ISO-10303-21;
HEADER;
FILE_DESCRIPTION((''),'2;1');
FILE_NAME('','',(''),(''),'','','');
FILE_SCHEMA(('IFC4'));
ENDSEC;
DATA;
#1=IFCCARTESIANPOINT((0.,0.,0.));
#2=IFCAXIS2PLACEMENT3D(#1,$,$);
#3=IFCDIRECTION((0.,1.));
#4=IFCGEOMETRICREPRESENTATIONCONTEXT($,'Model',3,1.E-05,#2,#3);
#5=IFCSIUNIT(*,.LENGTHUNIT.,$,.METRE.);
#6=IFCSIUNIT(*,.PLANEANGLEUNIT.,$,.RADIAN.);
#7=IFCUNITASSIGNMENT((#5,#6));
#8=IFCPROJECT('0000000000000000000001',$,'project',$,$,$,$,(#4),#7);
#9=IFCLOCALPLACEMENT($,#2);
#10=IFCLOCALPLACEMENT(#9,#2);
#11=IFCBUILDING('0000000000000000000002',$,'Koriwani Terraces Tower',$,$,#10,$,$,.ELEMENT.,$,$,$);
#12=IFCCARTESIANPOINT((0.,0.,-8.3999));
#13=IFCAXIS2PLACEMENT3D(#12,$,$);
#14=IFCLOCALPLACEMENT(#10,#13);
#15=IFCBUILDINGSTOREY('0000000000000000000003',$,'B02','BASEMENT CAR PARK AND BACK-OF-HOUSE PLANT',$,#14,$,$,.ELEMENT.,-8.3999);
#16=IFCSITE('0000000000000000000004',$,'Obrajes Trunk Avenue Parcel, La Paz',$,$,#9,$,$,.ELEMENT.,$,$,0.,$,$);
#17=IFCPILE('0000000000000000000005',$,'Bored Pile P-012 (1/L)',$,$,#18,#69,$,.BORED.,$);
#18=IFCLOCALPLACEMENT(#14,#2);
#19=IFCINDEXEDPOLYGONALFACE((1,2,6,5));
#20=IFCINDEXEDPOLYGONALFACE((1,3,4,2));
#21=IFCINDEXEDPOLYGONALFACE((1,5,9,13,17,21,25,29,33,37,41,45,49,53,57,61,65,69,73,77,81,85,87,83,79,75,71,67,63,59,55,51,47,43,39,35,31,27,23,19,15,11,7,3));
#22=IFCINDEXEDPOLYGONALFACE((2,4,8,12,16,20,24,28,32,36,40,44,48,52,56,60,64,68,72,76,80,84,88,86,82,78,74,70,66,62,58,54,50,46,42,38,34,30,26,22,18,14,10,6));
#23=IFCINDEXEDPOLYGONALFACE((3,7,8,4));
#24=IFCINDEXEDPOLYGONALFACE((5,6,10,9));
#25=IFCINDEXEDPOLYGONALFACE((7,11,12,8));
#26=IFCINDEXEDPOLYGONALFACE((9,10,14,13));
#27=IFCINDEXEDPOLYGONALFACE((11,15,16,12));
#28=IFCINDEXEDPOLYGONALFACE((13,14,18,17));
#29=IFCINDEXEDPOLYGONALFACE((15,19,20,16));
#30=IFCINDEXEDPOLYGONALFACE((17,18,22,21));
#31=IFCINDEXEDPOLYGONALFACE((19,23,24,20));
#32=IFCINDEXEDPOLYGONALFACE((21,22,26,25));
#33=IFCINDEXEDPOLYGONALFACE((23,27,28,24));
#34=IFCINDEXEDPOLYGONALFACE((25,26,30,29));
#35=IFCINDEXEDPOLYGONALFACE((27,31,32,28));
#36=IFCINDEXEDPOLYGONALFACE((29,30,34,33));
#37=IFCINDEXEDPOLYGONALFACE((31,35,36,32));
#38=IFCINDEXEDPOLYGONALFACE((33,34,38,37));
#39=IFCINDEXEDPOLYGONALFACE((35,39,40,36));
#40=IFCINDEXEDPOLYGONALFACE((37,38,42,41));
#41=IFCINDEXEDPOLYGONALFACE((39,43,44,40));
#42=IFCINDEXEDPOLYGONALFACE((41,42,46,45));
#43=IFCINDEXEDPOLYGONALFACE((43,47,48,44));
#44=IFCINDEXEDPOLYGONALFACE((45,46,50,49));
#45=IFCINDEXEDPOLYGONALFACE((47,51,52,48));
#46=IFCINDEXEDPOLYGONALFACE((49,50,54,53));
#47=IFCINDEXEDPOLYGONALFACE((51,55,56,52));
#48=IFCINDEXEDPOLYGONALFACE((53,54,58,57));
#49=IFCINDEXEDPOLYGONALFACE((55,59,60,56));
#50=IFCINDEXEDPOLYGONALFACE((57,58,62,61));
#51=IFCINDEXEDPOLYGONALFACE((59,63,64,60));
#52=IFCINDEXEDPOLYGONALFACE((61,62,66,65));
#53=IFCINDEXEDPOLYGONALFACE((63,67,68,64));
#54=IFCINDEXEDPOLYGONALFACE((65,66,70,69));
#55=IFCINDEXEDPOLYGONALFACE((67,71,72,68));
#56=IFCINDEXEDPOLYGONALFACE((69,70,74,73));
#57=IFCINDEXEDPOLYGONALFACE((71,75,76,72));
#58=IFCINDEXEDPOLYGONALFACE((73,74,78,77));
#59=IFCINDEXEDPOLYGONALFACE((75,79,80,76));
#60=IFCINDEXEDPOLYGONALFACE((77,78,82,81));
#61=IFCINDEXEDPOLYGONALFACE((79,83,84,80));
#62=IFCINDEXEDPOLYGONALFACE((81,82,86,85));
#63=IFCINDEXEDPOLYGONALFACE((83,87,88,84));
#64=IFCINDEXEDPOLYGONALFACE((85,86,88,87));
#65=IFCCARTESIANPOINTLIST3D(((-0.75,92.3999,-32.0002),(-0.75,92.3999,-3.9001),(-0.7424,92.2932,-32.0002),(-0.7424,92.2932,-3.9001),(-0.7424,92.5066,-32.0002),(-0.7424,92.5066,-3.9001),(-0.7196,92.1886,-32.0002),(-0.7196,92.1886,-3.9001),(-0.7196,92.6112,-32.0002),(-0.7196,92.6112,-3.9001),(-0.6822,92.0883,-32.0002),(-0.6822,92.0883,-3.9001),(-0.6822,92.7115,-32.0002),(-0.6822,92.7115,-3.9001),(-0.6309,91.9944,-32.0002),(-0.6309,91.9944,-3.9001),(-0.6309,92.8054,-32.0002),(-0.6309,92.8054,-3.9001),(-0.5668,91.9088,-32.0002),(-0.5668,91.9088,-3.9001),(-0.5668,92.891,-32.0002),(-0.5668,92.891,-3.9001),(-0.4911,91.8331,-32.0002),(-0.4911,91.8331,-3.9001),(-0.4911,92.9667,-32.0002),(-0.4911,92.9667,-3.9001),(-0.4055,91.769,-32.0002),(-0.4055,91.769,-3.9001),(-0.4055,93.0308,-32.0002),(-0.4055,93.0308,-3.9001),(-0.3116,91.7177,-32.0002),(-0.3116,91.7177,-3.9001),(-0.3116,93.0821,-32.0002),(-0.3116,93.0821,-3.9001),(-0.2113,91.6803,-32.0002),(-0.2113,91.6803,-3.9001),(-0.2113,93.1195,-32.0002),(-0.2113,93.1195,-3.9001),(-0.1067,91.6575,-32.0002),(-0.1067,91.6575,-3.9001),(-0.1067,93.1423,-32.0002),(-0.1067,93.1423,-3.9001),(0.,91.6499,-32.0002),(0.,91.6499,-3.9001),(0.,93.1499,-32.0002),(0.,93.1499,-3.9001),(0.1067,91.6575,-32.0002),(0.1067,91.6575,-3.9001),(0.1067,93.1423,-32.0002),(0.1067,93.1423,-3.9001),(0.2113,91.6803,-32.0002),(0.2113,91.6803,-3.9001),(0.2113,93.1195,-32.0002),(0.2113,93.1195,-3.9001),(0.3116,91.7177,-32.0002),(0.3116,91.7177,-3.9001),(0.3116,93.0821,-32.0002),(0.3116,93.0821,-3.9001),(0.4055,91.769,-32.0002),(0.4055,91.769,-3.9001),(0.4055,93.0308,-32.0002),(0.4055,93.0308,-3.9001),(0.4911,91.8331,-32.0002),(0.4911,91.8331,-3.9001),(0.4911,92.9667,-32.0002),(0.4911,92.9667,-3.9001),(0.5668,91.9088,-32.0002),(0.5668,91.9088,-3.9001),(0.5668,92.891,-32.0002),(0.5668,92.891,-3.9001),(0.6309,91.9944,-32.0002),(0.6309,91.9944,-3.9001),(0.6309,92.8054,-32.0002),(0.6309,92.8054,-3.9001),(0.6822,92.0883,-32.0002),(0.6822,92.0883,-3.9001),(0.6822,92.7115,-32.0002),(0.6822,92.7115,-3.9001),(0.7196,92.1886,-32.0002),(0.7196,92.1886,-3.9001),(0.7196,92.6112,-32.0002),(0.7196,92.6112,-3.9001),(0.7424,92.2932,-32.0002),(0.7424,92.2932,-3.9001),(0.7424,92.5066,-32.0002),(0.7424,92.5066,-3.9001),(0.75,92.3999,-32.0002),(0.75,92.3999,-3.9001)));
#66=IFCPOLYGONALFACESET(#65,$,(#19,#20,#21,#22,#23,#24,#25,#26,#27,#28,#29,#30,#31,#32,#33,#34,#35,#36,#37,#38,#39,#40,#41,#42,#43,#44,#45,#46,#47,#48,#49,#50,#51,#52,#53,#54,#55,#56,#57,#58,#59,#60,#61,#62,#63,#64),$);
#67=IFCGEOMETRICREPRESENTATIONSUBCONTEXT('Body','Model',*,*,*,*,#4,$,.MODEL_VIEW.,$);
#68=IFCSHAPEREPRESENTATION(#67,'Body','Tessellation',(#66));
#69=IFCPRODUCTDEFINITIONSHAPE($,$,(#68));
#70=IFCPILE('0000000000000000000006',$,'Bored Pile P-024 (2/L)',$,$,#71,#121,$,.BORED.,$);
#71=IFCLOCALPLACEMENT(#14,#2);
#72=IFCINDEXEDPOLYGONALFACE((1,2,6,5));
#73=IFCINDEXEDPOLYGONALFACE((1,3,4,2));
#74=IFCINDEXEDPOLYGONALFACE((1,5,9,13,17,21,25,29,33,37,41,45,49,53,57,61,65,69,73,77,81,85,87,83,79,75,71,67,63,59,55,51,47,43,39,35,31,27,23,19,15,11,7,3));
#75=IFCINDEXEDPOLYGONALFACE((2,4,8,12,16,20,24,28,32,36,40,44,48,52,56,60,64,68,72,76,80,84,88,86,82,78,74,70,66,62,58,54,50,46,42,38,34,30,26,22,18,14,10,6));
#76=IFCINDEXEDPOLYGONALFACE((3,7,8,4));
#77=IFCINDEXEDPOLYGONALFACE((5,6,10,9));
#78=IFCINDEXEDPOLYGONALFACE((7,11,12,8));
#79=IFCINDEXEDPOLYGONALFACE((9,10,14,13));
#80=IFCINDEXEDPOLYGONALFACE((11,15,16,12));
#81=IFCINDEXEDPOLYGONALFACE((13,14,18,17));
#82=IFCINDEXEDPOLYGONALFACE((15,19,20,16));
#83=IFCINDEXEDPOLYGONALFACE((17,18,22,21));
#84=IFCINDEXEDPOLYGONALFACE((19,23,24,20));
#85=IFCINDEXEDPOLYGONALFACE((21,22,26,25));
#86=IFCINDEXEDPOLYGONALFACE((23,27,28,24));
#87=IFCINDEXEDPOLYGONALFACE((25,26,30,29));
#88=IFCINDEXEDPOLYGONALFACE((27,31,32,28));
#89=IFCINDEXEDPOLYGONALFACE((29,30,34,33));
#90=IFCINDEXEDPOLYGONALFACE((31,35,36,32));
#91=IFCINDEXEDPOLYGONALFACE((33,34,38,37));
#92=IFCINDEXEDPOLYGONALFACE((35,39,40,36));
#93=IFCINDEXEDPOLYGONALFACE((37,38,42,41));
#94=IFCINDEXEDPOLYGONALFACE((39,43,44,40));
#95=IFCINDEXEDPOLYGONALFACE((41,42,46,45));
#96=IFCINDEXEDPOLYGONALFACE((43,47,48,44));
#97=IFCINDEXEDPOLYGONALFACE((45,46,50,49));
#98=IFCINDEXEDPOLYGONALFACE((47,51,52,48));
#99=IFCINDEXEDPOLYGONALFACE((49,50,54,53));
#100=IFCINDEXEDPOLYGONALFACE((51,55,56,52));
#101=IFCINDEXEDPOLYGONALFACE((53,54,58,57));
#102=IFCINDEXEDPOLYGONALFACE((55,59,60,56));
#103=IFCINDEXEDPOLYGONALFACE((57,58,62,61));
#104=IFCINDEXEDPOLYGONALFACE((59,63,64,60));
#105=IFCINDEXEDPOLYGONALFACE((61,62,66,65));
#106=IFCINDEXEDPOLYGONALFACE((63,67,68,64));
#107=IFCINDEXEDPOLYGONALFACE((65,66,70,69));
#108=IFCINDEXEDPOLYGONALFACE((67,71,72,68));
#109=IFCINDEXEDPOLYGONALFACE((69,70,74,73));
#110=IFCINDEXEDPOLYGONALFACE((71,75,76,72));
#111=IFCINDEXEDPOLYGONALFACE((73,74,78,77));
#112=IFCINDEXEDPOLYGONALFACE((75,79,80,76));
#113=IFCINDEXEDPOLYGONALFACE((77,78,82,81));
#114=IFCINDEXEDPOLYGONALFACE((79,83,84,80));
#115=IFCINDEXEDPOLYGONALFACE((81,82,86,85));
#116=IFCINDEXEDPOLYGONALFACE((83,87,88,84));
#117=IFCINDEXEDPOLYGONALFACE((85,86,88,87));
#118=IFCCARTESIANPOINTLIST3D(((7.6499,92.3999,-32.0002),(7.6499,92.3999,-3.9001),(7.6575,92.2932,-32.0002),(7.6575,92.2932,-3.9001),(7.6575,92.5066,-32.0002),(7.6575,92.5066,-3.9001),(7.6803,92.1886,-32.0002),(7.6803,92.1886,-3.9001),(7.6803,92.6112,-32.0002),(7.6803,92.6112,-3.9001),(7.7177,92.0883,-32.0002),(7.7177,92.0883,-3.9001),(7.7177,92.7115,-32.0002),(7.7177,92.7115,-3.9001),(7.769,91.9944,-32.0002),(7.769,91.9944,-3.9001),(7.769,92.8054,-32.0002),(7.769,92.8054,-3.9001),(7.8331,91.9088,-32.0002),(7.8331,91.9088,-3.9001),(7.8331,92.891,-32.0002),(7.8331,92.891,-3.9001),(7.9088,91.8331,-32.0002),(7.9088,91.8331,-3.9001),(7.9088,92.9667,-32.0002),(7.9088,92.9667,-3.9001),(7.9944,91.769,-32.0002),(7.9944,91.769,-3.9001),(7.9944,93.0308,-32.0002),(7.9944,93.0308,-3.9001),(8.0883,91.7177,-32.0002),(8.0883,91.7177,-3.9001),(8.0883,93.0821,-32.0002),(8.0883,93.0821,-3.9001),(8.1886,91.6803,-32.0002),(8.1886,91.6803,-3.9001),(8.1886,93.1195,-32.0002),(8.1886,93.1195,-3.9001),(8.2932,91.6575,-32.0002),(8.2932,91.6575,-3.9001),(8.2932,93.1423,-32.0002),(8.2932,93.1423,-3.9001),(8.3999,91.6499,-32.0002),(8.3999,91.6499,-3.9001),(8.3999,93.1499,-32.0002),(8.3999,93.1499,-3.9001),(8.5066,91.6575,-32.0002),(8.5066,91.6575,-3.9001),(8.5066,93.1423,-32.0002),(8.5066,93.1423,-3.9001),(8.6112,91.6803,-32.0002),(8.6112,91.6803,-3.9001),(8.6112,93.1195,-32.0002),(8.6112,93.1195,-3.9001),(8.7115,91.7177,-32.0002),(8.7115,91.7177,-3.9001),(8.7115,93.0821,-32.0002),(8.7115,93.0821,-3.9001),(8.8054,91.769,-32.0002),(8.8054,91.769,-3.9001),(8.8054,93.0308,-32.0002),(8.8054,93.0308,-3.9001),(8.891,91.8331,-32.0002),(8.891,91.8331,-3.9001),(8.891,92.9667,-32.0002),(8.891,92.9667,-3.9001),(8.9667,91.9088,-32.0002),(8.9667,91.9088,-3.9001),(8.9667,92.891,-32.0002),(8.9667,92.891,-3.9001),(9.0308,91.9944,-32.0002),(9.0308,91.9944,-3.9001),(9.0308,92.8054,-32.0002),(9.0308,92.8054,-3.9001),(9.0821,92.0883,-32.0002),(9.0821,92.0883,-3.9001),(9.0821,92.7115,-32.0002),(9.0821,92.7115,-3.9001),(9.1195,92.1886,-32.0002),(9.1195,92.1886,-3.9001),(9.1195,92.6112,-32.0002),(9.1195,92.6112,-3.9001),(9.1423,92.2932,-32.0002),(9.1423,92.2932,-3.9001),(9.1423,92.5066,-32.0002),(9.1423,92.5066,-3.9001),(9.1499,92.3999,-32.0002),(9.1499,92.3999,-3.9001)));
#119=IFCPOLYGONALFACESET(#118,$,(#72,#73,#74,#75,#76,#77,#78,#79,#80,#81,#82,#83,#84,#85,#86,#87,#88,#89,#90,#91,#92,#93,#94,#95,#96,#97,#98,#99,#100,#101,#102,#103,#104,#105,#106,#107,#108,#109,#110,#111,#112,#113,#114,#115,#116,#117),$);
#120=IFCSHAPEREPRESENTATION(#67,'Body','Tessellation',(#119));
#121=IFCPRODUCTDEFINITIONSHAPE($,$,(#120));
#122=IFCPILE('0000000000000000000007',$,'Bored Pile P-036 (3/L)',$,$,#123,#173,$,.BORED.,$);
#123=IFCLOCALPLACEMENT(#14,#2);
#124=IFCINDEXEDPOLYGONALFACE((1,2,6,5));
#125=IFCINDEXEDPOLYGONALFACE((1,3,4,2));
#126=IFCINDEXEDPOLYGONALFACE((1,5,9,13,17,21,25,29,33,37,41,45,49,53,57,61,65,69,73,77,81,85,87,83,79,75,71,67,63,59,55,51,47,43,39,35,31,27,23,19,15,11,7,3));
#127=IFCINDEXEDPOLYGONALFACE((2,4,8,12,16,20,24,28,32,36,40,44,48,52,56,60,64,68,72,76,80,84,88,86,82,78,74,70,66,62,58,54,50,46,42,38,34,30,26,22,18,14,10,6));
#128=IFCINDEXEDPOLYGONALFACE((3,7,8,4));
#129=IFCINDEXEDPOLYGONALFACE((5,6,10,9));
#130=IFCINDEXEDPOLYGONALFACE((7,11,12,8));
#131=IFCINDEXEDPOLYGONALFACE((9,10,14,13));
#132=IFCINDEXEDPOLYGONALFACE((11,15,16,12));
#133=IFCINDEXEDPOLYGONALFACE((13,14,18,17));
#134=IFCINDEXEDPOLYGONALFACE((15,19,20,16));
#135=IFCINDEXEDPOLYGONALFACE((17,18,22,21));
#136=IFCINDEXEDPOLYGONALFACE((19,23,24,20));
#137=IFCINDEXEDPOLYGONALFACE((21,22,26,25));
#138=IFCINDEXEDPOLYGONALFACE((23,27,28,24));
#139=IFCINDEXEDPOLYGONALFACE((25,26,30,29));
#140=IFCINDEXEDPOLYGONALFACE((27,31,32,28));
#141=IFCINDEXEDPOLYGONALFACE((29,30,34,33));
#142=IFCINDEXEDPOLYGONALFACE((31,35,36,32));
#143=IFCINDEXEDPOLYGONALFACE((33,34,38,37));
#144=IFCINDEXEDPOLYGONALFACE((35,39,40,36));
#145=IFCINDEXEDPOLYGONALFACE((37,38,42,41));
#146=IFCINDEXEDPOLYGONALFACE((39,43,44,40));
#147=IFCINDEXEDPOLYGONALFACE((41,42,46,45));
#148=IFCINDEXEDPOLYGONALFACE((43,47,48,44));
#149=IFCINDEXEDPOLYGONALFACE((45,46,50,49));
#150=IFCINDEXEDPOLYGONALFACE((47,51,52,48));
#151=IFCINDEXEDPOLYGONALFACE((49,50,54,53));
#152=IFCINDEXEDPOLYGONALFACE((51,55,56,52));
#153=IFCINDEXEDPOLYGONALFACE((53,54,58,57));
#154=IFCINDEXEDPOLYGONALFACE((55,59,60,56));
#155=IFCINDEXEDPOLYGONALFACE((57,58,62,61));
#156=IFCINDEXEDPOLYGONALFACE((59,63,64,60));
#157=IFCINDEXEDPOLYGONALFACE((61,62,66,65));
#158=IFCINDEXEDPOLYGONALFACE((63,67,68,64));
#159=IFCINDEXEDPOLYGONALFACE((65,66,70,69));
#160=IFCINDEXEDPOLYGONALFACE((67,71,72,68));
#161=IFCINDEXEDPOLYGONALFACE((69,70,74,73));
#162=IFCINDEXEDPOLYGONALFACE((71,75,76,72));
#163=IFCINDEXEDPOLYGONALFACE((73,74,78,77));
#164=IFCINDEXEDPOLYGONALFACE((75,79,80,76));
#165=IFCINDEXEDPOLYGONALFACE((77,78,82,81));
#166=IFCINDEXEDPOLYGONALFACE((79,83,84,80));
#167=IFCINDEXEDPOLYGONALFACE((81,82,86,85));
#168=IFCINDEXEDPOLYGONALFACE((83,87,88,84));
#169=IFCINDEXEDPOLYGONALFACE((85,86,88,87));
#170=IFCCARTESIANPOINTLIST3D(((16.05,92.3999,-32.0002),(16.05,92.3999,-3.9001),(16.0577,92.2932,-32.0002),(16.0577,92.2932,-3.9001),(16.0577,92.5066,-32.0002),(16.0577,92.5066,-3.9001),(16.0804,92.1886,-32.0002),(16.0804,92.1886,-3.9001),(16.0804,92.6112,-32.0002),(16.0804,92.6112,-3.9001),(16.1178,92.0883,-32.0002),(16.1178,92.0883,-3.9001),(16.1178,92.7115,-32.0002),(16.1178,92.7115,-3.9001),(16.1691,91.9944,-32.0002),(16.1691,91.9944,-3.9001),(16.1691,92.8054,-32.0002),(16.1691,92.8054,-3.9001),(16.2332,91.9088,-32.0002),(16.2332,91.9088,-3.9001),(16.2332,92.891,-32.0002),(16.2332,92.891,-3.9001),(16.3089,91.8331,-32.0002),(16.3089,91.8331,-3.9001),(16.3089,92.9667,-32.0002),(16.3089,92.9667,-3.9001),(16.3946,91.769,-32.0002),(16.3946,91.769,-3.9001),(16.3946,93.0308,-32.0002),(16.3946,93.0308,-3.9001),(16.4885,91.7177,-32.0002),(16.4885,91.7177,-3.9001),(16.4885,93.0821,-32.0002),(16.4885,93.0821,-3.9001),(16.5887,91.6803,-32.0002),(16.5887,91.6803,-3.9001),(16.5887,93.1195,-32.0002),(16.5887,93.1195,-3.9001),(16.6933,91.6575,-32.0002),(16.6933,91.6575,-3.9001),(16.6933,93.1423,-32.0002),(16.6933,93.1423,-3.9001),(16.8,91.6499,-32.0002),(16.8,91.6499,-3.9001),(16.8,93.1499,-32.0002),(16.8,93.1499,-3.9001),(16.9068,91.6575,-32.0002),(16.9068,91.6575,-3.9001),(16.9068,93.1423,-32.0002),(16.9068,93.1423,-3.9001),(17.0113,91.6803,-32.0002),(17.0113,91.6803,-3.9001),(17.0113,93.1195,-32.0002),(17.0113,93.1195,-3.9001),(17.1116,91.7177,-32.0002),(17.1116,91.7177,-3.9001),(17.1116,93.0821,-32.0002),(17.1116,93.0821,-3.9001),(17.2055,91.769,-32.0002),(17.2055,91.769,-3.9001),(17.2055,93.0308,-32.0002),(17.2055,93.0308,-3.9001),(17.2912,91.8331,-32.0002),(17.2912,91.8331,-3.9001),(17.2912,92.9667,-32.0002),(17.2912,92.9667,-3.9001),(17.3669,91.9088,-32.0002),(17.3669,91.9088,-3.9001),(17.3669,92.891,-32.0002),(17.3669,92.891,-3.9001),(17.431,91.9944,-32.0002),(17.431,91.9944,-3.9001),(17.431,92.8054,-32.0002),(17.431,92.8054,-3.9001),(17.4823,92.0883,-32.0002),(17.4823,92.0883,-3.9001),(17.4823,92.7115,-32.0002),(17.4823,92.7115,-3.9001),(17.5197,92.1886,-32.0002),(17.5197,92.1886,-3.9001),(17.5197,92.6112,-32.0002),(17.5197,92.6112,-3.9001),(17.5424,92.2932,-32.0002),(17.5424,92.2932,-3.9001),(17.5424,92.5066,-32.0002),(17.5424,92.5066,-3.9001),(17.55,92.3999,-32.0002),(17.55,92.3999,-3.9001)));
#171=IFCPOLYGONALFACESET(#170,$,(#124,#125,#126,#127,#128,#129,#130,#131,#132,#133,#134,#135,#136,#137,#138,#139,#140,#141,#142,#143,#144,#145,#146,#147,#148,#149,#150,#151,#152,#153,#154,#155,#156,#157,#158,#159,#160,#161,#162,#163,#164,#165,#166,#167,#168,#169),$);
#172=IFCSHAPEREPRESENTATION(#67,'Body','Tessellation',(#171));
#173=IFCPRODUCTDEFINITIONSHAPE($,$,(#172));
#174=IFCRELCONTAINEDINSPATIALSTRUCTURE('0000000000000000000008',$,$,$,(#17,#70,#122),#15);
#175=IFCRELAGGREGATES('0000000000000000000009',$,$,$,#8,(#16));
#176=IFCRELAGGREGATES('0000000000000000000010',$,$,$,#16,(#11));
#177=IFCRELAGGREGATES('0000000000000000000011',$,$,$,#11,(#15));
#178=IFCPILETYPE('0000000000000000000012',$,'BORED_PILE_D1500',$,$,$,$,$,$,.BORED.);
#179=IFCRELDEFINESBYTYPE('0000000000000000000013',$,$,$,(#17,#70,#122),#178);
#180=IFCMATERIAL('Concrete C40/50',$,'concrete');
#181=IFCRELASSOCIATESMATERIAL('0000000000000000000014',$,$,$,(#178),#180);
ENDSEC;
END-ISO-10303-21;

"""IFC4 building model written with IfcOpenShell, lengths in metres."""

from ifc_helpers import new_model, si_unit, direction, frame, origin, origin_2d, place, context, subcontext, project, spatial, circle, extrude, material, material_profile, profile_set, type_object, element, save


model = new_model("IFC4")

# Units and contexts
model_context = context("Model", 3, precision=1e-05, world=origin(), true_north=direction((0.0, 1.0)))
body_context = subcontext(model_context, "Body", "Model", "MODEL_VIEW")
ifc_project = project(units=[si_unit("LENGTHUNIT", "METRE"), si_unit("PLANEANGLEUNIT", "RADIAN")], contexts=[model_context])

# Site, building, storey
site_placement = place(None, origin())
site = spatial("IfcSite", under=ifc_project, at=site_placement, Name="Obrajes Trunk Avenue Parcel, La Paz", CompositionType="ELEMENT", RefElevation=0.0)
building_placement = place(site_placement, origin())
building = spatial("IfcBuilding", under=site, at=building_placement, Name="Koriwani Terraces Tower", CompositionType="ELEMENT")
storey_placement = place(building_placement, frame((0.0, 0.0, -8.3999)))
storey = spatial("IfcBuildingStorey", under=building, at=storey_placement, Name="B02", Description="BASEMENT CAR PARK AND BACK-OF-HOUSE PLANT", CompositionType="ELEMENT", Elevation=-8.3999)

# Piles
ifc_material_1 = material(Name="Concrete C40/50", Category="concrete")
ifc_material_profile_1 = material_profile(ifc_material_1, circle(Radius=0.75, at=origin_2d()), Name="Concrete C40/50")
ifc_profile_set_1 = profile_set([ifc_material_profile_1], Name="Concrete C40/50")
pile_type_1 = type_object("IfcPileType", Name="BORED_PILE_D1500", PredefinedType="BORED", material=ifc_profile_set_1)
for number, where, z_axis, x_axis, name in (
    (1, (0.0, 92.3999, -3.9001), (0.0, 0.0, -1.0), (1.0, 0.0, 0.0), "Bored Pile P-012 (1/L)"),
    (2, (8.3999, 92.3999, -3.9001), (0.0, 0.0, -1.0), (1.0, 0.0, 0.0), "Bored Pile P-024 (2/L)"),
    (3, (16.8, 92.3999, -3.9001), (0.0, 0.0, -1.0), (1.0, 0.0, 0.0), "Bored Pile P-036 (3/L)"),
):
    element("IfcPile", number, at=place(storey_placement, frame(where, z_axis=z_axis, x_axis=x_axis)), inside=storey, type_object=pile_type_1, Name=name, PredefinedType="BORED", context=body_context, shape_type="SweptSolid", body=[
        extrude(circle(Radius=0.75, at=origin_2d()), origin(), (0.0, 0.0, 1.0), 28.1001),
    ])

save(model, "model.ifc")
